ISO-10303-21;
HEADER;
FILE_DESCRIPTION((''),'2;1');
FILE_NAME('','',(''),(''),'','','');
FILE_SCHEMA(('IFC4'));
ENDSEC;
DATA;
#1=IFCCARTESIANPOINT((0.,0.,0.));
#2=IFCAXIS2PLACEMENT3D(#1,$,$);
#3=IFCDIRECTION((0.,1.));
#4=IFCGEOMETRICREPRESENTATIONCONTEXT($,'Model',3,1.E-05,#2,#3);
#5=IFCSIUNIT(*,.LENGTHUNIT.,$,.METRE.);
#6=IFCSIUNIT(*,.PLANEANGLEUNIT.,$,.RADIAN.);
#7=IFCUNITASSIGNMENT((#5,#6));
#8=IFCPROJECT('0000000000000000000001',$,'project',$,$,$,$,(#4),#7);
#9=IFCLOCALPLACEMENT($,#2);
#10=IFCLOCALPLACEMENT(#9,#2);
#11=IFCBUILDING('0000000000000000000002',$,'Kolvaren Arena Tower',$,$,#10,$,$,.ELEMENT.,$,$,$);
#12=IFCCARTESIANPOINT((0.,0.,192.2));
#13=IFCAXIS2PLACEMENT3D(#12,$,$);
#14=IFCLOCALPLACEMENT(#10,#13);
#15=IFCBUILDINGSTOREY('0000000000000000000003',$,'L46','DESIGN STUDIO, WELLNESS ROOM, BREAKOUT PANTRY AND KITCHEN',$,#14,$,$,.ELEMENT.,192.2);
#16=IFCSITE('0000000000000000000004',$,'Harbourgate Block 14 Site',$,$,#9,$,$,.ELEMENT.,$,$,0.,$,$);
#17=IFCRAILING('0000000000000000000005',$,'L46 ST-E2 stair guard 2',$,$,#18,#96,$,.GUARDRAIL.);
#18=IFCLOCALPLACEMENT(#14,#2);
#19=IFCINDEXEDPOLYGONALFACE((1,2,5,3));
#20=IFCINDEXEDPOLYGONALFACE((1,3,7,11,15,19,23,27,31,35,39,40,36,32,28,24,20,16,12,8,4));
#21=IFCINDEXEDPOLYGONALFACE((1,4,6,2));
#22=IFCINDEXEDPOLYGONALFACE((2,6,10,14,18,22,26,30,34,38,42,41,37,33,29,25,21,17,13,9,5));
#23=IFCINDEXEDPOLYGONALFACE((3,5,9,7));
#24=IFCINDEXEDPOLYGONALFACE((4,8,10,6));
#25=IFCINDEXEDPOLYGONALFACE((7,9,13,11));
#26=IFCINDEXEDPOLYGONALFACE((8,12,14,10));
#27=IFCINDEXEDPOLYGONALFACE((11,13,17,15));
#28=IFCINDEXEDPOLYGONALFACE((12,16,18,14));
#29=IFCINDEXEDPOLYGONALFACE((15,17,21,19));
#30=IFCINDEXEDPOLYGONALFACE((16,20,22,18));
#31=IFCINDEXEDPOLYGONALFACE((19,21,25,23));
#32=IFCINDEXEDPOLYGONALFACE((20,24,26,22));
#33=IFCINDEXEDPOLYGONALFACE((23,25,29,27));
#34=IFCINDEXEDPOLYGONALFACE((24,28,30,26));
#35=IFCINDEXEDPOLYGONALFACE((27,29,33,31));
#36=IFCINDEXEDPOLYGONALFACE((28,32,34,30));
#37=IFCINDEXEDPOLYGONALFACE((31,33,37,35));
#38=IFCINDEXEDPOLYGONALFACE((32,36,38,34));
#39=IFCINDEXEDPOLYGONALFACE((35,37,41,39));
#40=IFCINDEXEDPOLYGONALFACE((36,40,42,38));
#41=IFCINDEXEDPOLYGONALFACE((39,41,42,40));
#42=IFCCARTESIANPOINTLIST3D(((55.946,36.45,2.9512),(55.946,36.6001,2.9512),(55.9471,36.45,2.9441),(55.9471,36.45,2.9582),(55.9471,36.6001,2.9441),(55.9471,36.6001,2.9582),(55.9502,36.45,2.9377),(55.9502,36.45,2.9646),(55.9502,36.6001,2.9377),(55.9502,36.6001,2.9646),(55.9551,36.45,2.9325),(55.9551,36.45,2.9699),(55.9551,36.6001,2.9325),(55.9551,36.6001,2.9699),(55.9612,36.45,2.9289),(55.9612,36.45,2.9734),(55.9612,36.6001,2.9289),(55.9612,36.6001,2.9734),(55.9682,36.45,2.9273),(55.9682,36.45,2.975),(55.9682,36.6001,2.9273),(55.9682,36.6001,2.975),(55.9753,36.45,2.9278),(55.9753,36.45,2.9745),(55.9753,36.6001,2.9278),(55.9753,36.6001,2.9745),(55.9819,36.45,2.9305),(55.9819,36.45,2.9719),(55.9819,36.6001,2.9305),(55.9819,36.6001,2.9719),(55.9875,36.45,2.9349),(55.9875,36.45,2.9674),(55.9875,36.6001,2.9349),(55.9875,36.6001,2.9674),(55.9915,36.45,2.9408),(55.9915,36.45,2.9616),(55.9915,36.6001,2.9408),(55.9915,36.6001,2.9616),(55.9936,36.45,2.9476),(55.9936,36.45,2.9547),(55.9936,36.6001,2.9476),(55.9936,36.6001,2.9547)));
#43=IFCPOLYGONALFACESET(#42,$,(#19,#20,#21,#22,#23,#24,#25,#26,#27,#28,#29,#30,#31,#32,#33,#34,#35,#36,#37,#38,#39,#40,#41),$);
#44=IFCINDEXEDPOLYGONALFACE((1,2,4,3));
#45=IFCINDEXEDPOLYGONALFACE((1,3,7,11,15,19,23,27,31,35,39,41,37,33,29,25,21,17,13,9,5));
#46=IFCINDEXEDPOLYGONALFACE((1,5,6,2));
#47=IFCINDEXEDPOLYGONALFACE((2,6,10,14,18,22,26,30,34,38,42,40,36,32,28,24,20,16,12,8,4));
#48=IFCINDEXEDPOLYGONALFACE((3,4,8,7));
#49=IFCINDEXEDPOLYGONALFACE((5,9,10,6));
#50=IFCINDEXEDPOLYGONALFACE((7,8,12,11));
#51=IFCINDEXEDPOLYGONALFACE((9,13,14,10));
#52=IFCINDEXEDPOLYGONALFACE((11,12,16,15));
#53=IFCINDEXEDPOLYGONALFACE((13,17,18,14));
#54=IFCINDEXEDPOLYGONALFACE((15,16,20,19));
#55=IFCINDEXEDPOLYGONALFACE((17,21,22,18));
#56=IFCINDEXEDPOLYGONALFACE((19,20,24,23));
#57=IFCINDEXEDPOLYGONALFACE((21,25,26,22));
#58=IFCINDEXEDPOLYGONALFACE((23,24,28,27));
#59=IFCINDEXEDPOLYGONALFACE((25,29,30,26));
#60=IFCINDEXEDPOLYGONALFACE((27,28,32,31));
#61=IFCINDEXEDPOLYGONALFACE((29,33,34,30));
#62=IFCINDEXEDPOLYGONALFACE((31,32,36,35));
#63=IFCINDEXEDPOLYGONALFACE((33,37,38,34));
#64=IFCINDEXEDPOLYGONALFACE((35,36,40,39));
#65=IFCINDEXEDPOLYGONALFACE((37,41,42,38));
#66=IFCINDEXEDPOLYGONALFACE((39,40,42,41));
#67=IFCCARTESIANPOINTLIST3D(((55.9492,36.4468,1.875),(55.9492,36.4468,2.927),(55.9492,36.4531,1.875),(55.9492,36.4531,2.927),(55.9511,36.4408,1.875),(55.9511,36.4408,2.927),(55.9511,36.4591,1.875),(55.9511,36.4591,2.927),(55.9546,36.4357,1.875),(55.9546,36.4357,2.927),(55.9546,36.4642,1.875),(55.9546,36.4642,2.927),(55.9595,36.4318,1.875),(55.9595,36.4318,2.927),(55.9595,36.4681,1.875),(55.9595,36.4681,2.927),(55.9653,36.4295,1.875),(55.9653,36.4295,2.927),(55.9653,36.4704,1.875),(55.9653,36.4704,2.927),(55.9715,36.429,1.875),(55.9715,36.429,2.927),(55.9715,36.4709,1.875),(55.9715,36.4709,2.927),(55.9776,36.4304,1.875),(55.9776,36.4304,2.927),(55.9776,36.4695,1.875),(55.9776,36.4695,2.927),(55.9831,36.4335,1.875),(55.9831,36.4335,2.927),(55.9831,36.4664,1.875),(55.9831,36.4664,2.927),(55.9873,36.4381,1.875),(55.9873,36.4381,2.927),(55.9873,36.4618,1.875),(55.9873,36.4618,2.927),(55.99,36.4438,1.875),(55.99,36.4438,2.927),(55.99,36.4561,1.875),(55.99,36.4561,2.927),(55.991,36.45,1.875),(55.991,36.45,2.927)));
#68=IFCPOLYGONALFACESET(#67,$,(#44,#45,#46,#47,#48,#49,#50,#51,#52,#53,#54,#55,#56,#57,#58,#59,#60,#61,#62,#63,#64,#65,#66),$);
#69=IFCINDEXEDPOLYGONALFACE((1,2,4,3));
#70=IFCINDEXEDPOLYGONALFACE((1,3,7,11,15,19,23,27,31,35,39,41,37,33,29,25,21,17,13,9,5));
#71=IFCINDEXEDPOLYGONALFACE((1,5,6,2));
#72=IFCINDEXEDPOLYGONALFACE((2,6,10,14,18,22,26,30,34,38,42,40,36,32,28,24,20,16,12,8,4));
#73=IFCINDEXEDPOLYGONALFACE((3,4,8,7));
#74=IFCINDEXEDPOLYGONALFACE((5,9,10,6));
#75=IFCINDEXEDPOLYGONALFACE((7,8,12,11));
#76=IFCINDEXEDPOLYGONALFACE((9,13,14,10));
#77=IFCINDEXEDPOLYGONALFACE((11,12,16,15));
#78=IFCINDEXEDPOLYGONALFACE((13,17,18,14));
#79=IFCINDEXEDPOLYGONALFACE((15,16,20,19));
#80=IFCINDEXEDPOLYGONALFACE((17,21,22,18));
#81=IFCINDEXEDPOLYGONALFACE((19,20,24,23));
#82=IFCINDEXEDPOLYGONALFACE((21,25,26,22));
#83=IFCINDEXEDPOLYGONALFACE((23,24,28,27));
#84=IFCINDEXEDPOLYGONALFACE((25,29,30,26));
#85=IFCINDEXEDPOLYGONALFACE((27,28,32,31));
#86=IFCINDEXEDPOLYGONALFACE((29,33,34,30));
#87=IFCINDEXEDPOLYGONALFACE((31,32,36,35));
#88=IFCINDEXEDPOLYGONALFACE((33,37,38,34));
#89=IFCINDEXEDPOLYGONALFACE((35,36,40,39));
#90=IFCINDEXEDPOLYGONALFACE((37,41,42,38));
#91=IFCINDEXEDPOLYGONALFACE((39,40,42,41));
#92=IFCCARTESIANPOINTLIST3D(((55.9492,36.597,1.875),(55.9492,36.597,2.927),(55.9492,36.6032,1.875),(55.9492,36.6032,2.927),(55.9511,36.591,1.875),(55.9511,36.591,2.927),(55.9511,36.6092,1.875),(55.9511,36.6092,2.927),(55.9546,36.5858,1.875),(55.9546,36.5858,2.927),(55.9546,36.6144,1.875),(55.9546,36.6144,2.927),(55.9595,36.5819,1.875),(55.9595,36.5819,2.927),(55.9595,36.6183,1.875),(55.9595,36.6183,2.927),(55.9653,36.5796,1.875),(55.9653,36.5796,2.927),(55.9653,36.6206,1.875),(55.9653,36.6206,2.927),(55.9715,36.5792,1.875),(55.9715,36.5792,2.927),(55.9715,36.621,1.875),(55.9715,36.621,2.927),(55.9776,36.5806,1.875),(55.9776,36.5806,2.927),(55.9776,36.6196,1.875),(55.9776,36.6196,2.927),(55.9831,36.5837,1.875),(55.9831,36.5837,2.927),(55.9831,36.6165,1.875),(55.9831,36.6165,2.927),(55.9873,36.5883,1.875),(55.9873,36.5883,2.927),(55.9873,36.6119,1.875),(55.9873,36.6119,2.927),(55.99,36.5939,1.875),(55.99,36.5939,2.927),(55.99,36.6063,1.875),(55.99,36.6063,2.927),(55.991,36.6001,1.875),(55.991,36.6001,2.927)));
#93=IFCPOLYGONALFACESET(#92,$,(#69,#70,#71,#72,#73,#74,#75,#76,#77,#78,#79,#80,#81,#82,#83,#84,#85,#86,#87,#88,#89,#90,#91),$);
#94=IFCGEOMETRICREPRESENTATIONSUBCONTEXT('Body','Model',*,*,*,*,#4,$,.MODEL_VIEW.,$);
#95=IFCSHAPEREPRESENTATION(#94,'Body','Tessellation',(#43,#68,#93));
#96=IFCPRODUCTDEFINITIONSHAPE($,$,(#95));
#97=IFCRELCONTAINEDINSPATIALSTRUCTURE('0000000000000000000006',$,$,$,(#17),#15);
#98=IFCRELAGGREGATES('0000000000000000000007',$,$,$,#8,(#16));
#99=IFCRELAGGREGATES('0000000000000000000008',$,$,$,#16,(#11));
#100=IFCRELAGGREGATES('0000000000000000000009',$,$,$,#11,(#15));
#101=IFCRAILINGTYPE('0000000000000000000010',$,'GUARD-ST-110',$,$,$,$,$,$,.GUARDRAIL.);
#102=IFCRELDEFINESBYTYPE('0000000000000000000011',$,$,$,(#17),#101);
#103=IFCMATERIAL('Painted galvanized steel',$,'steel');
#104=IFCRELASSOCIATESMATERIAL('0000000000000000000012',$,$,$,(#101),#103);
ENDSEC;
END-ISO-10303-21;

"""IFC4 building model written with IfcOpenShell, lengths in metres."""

from ifc_helpers import new_model, si_unit, direction, frame, origin, origin_2d, place, context, subcontext, project, spatial, circle, extrude, material, type_object, element, save


model = new_model("IFC4")

# Units and contexts
model_context = context("Model", 3, precision=1e-05, world=origin(), true_north=direction((0.0, 1.0)))
body_context = subcontext(model_context, "Body", "Model", "MODEL_VIEW")
ifc_project = project(units=[si_unit("LENGTHUNIT", "METRE"), si_unit("PLANEANGLEUNIT", "RADIAN")], contexts=[model_context])

# Site, building, storey
site_placement = place(None, origin())
site = spatial("IfcSite", under=ifc_project, at=site_placement, Name="Harbourgate Block 14 Site", CompositionType="ELEMENT", RefElevation=0.0)
building_placement = place(site_placement, origin())
building = spatial("IfcBuilding", under=site, at=building_placement, Name="Kolvaren Arena Tower", CompositionType="ELEMENT")
storey_placement = place(building_placement, frame((0.0, 0.0, 192.2)))
storey = spatial("IfcBuildingStorey", under=building, at=storey_placement, Name="L46", Description="DESIGN STUDIO, WELLNESS ROOM, BREAKOUT PANTRY AND KITCHEN", CompositionType="ELEMENT", Elevation=192.2)

# Railing
ifc_material_1 = material(Name="Painted galvanized steel", Category="steel")
railing_type_1 = type_object("IfcRailingType", Name="GUARD-ST-110", PredefinedType="GUARDRAIL", material=ifc_material_1)
railing_1_placement = place(storey_placement, frame((55.97, 36.45, 1.875)))
element("IfcRailing", 1, at=railing_1_placement, inside=storey, type_object=railing_type_1, Name="L46 ST-E2 stair guard 2", PredefinedType="GUARDRAIL", context=body_context, shape_type="SweptSolid", body=[
    extrude(circle(Radius=0.0239, at=origin_2d()), frame((0.0, 0.0, 1.0762), z_axis=(0.0, 1.0, 0.0), x_axis=(-1.0, 0.0, 0.0)), (0.0, 0.0, 1.0), 0.1501),
    extrude(circle(Radius=0.021, at=origin_2d()), origin(), (0.0, 0.0, 1.0), 1.052),
    extrude(circle(Radius=0.021, at=origin_2d()), frame((0.0, 0.1501, 0.0)), (0.0, 0.0, 1.0), 1.052),
])

save(model, "model.ifc")
